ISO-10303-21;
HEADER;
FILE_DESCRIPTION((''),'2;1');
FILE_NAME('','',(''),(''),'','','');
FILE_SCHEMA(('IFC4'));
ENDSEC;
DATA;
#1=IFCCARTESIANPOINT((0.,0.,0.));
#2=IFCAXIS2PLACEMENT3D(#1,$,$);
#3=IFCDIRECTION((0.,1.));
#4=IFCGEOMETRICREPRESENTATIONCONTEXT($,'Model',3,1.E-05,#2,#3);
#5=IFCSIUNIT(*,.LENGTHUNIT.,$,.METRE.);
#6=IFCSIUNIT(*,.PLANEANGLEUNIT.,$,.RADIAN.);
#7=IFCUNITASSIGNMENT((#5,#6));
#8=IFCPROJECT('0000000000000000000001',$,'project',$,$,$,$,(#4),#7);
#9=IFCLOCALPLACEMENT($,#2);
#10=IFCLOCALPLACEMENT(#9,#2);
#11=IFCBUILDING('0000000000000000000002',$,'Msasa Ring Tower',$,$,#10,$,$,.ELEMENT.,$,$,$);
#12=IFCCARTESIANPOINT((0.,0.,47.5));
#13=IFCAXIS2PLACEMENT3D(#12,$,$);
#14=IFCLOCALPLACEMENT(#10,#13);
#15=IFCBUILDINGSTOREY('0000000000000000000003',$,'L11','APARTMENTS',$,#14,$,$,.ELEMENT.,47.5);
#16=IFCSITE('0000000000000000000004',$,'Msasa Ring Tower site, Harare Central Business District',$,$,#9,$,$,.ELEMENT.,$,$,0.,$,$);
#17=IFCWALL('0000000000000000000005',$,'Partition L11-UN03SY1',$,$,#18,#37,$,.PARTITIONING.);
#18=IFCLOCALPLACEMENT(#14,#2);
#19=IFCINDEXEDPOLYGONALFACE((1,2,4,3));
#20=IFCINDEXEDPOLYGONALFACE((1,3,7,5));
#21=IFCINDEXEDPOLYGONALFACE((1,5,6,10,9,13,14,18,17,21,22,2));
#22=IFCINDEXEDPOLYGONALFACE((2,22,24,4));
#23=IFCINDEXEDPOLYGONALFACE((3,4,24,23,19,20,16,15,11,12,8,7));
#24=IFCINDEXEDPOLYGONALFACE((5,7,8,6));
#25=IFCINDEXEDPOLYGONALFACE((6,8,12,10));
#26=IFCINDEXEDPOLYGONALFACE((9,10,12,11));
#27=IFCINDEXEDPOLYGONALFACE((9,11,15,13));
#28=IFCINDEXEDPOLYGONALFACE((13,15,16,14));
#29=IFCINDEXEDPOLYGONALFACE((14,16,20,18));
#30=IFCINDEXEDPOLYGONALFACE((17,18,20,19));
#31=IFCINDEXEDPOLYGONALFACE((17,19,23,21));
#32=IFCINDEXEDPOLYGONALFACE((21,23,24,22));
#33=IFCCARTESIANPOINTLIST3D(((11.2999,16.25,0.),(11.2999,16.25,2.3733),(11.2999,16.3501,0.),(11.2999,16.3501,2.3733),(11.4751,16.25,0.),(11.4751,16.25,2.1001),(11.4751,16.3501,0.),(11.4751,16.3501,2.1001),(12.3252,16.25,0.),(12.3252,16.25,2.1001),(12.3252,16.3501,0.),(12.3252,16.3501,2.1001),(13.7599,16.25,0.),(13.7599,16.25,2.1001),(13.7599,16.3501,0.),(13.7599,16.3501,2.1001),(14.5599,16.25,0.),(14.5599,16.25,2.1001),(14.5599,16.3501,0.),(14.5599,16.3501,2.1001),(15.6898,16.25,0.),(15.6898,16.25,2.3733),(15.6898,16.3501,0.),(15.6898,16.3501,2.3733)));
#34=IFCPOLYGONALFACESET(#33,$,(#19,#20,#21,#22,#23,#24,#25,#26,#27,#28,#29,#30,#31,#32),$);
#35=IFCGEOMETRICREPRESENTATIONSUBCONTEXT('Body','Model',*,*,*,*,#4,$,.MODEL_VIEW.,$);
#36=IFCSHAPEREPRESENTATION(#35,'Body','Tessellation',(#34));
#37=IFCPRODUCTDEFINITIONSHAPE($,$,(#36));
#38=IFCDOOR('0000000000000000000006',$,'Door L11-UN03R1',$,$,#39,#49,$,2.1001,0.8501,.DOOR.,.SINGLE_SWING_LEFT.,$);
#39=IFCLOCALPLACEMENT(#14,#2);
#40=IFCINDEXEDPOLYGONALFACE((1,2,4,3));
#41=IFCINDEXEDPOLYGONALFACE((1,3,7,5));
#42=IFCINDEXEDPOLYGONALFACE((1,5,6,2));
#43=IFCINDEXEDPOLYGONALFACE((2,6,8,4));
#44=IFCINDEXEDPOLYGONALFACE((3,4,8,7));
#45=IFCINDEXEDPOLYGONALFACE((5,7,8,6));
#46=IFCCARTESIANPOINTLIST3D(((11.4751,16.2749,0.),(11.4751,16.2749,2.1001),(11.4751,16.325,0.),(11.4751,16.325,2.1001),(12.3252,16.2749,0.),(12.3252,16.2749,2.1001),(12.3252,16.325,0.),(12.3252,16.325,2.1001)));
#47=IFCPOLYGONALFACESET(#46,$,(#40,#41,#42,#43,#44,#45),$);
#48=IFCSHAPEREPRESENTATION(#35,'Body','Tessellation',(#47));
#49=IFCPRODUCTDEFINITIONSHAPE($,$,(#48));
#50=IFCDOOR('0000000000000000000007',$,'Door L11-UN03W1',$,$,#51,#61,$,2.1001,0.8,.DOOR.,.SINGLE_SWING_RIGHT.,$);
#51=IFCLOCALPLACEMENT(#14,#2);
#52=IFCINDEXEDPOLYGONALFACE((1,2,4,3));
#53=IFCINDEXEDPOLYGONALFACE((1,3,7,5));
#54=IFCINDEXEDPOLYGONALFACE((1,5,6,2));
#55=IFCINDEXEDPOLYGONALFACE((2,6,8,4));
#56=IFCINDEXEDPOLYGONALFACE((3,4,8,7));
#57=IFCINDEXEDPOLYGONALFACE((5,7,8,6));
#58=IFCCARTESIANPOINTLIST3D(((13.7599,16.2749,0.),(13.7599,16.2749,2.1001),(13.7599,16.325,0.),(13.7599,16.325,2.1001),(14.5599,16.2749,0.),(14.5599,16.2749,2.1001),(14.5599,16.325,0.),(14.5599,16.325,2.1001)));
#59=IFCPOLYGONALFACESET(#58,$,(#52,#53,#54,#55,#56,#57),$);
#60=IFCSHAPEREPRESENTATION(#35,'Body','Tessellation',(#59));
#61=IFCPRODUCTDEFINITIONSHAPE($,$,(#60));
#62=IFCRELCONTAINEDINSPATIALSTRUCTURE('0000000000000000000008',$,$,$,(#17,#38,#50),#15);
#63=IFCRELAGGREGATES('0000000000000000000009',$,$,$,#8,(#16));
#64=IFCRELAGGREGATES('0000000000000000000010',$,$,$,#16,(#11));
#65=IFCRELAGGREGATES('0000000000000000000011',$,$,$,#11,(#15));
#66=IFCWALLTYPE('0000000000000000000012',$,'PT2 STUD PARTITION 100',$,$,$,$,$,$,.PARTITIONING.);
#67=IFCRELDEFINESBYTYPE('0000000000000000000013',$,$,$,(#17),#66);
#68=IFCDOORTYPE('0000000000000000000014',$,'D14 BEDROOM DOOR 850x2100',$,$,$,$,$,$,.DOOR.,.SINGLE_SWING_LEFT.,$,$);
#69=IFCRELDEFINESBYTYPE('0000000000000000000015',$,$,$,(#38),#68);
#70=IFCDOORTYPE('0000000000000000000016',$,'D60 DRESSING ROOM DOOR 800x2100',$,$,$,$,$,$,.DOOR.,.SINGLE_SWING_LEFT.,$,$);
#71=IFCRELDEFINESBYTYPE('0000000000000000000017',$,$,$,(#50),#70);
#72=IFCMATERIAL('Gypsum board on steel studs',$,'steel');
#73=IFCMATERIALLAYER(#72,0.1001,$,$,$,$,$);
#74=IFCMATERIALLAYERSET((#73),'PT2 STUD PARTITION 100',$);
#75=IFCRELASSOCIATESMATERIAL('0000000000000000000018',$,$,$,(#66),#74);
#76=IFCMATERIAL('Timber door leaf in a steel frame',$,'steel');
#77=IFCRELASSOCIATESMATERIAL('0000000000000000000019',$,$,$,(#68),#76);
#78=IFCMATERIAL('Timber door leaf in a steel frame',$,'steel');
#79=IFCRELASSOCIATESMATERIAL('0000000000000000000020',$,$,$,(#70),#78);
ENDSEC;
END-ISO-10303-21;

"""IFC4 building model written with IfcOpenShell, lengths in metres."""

from ifc_helpers import new_model, si_unit, direction, frame, frame_2d, origin, place, context, subcontext, project, spatial, rectangle, extrude, material, layer, layer_set, type_object, element, fill, save


model = new_model("IFC4")

# Units and contexts
model_context = context("Model", 3, precision=1e-05, world=origin(), true_north=direction((0.0, 1.0)))
body_context = subcontext(model_context, "Body", "Model", "MODEL_VIEW")
ifc_project = project(units=[si_unit("LENGTHUNIT", "METRE"), si_unit("PLANEANGLEUNIT", "RADIAN")], contexts=[model_context])

# Site, building, storey
site_placement = place(None, origin())
site = spatial("IfcSite", under=ifc_project, at=site_placement, Name="Msasa Ring Tower site, Harare Central Business District", CompositionType="ELEMENT", RefElevation=0.0)
building_placement = place(site_placement, origin())
building = spatial("IfcBuilding", under=site, at=building_placement, Name="Msasa Ring Tower", CompositionType="ELEMENT")
storey_placement = place(building_placement, frame((0.0, 0.0, 47.5)))
storey = spatial("IfcBuildingStorey", under=building, at=storey_placement, Name="L11", Description="APARTMENTS", CompositionType="ELEMENT", Elevation=47.5)

# Shared definitions
ifc_material_1 = material(Name="Gypsum board on steel studs", Category="steel")
ifc_layer_1 = layer(ifc_material_1, 0.1001)
ifc_layer_set_1 = layer_set([ifc_layer_1], Name="PT2 STUD PARTITION 100")
wall_type_1 = type_object("IfcWallType", Name="PT2 STUD PARTITION 100", PredefinedType="PARTITIONING", material=ifc_layer_set_1)
ifc_material_2 = material(Name="Timber door leaf in a steel frame", Category="steel")
door_type_1 = type_object("IfcDoorType", Name="D14 BEDROOM DOOR 850x2100", OperationType="SINGLE_SWING_LEFT", PredefinedType="DOOR", material=ifc_material_2)
ifc_material_3 = material(Name="Timber door leaf in a steel frame", Category="steel")
door_type_2 = type_object("IfcDoorType", Name="D60 DRESSING ROOM DOOR 800x2100", OperationType="SINGLE_SWING_LEFT", PredefinedType="DOOR", material=ifc_material_3)

# Wall, openings, doors
wall_1_placement = place(storey_placement, frame((11.3, 16.3, 0.0), z_axis=(0.0, 0.0, 1.0), x_axis=(1.0, 0.0, 0.0)))
wall_1 = element("IfcWall", 1, at=wall_1_placement, inside=storey, type_object=wall_type_1, Name="Partition L11-UN03SY1", PredefinedType="PARTITIONING", context=body_context, shape_type="SweptSolid", body=[
    extrude(rectangle(XDim=4.3899, YDim=0.1001, at=frame_2d((2.1948, 0.0))), origin(), (0.0, 0.0, 1.0), 2.3733),
])
opening_1_placement = place(wall_1_placement, frame((0.175, 0.0, 0.0)))
opening_1 = element("IfcOpeningElement", 2, at=opening_1_placement, cuts=wall_1, PredefinedType="OPENING", context=body_context, shape_type="SweptSolid", body=[
    extrude(rectangle(XDim=0.8501, YDim=2.1001, at=frame_2d((0.425, 1.05))), frame((0.0, 0.0601, 0.0), z_axis=(0.0, -1.0, 0.0), x_axis=(1.0, 0.0, 0.0)), (0.0, 0.0, 1.0), 0.1201),
])
opening_2_placement = place(wall_1_placement, frame((2.46, 0.0, 0.0)))
opening_2 = element("IfcOpeningElement", 3, at=opening_2_placement, cuts=wall_1, PredefinedType="OPENING", context=body_context, shape_type="SweptSolid", body=[
    extrude(rectangle(XDim=0.8, YDim=2.1001, at=frame_2d((0.3999, 1.05))), frame((0.0, 0.0601, 0.0), z_axis=(0.0, -1.0, 0.0), x_axis=(1.0, 0.0, 0.0)), (0.0, 0.0, 1.0), 0.1201),
])
door_1_placement = place(opening_1_placement, origin())
door_1 = element("IfcDoor", 4, at=door_1_placement, inside=storey, type_object=door_type_1, Name="Door L11-UN03R1", OperationType="SINGLE_SWING_LEFT", OverallHeight=2.1001, OverallWidth=0.8501, PredefinedType="DOOR", context=body_context, shape_type="SweptSolid", body=[
    extrude(rectangle(XDim=0.8501, YDim=2.1001, at=frame_2d((0.425, 1.05))), frame((0.0, 0.0249, 0.0), z_axis=(0.0, -1.0, 0.0), x_axis=(1.0, 0.0, 0.0)), (0.0, 0.0, 1.0), 0.05),
])
fill(opening_1, door_1)
door_2_placement = place(opening_2_placement, origin())
door_2 = element("IfcDoor", 5, at=door_2_placement, inside=storey, type_object=door_type_2, Name="Door L11-UN03W1", OperationType="SINGLE_SWING_RIGHT", OverallHeight=2.1001, OverallWidth=0.8, PredefinedType="DOOR", context=body_context, shape_type="SweptSolid", body=[
    extrude(rectangle(XDim=0.8, YDim=2.1001, at=frame_2d((0.3999, 1.05))), frame((0.0, 0.0249, 0.0), z_axis=(0.0, -1.0, 0.0), x_axis=(1.0, 0.0, 0.0)), (0.0, 0.0, 1.0), 0.05),
])
fill(opening_2, door_2)

save(model, "model.ifc")
